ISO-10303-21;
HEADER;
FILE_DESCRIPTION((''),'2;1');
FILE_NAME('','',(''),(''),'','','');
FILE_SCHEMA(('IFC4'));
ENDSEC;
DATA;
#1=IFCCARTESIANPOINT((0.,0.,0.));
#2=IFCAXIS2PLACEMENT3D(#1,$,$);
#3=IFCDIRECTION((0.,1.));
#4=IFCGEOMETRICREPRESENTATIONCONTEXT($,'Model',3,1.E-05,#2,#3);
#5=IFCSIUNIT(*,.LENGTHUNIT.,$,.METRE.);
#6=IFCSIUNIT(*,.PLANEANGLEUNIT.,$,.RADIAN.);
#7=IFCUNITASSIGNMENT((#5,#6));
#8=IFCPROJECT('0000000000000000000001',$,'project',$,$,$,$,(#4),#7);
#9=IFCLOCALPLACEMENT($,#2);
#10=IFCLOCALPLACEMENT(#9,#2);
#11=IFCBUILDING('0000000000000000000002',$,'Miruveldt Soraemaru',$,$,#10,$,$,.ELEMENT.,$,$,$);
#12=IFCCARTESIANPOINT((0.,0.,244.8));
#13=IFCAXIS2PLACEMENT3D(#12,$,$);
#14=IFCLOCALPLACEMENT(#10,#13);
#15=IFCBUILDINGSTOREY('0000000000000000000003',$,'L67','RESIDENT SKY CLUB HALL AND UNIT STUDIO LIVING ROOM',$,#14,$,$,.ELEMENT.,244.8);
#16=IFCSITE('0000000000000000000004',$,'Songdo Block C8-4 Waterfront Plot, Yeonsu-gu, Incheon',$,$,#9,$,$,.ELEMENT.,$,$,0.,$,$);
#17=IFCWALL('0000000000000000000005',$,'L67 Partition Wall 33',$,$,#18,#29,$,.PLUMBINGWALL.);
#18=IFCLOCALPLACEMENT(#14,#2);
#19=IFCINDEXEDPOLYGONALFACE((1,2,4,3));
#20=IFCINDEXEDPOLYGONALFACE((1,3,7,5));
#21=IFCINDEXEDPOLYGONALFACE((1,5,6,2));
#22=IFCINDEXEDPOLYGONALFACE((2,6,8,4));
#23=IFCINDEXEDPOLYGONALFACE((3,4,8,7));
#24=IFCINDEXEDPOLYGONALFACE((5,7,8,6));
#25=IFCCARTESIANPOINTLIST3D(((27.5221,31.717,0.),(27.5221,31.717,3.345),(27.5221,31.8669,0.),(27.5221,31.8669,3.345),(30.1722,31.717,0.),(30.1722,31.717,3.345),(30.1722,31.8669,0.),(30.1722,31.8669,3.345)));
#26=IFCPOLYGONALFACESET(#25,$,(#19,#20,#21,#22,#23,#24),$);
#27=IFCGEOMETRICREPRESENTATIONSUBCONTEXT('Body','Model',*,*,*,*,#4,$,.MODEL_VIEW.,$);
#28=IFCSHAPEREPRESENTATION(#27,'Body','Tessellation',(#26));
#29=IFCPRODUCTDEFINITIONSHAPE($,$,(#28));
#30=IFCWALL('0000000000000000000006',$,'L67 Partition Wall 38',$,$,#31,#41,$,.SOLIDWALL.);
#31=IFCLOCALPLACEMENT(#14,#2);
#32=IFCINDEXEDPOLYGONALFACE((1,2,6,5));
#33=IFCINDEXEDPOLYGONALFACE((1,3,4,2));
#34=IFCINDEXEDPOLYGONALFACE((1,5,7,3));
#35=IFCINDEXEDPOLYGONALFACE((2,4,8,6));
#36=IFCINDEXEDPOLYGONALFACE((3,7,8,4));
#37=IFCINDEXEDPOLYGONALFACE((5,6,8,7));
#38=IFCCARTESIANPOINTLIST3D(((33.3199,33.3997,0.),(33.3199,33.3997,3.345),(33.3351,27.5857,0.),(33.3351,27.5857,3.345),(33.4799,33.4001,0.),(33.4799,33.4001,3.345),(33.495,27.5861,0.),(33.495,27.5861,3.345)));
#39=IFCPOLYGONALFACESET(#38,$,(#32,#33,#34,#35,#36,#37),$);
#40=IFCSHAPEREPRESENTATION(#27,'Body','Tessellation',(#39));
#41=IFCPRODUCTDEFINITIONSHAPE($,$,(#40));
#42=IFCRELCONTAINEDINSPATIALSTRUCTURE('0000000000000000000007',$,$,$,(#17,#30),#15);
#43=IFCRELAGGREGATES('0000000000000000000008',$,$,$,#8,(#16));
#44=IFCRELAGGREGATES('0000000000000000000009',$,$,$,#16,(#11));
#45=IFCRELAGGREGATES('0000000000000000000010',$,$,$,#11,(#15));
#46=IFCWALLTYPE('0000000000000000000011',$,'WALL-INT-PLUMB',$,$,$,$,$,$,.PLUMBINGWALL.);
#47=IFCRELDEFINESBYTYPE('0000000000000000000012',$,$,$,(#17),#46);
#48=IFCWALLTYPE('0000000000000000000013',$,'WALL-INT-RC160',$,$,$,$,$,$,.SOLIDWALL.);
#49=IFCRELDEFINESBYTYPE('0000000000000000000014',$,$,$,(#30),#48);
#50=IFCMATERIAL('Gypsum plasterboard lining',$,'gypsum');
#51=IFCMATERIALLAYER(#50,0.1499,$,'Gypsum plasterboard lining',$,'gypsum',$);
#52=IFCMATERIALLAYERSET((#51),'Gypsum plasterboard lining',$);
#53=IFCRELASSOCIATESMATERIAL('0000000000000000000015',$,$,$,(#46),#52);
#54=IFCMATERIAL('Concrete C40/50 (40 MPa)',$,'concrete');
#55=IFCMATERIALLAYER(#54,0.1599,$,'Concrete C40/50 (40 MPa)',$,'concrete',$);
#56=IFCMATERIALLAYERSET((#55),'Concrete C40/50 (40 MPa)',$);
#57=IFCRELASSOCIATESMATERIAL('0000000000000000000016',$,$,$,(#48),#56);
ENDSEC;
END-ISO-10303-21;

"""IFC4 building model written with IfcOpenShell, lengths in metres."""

from ifc_helpers import new_model, si_unit, direction, frame, frame_2d, origin, place, context, subcontext, project, spatial, rectangle, extrude, material, layer, layer_set, type_object, element, save


model = new_model("IFC4")

# Units and contexts
model_context = context("Model", 3, precision=1e-05, world=origin(), true_north=direction((0.0, 1.0)))
body_context = subcontext(model_context, "Body", "Model", "MODEL_VIEW")
ifc_project = project(units=[si_unit("LENGTHUNIT", "METRE"), si_unit("PLANEANGLEUNIT", "RADIAN")], contexts=[model_context])

# Site, building, storey
site_placement = place(None, origin())
site = spatial("IfcSite", under=ifc_project, at=site_placement, Name="Songdo Block C8-4 Waterfront Plot, Yeonsu-gu, Incheon", CompositionType="ELEMENT", RefElevation=0.0)
building_placement = place(site_placement, origin())
building = spatial("IfcBuilding", under=site, at=building_placement, Name="Miruveldt Soraemaru", CompositionType="ELEMENT")
storey_placement = place(building_placement, frame((0.0, 0.0, 244.8)))
storey = spatial("IfcBuildingStorey", under=building, at=storey_placement, Name="L67", Description="RESIDENT SKY CLUB HALL AND UNIT STUDIO LIVING ROOM", CompositionType="ELEMENT", Elevation=244.8)

# Shared definitions
ifc_material_1 = material(Name="Concrete C40/50 (40 MPa)", Category="concrete")

# Shared definitions
ifc_material_2 = material(Name="Gypsum plasterboard lining", Category="gypsum")
ifc_layer_1 = layer(ifc_material_2, 0.1499, Name="Gypsum plasterboard lining", Category="gypsum")
ifc_layer_set_1 = layer_set([ifc_layer_1], Name="Gypsum plasterboard lining")
wall_type_1 = type_object("IfcWallType", Name="WALL-INT-PLUMB", PredefinedType="PLUMBINGWALL", material=ifc_layer_set_1)

# Walls
wall_1_placement = place(storey_placement, frame((27.522, 31.792, 0.0), z_axis=(0.0, 0.0, 1.0), x_axis=(1.0, 0.0, 0.0)))
element("IfcWall", 1, at=wall_1_placement, inside=storey, type_object=wall_type_1, Name="L67 Partition Wall 33", PredefinedType="PLUMBINGWALL", context=body_context, shape_type="SweptSolid", body=[
    extrude(rectangle(XDim=2.6501, YDim=0.1499, at=frame_2d((1.3252, 0.0))), origin(), (0.0, 0.0, 1.0), 3.345),
])
ifc_layer_2 = layer(ifc_material_1, 0.1599, Name="Concrete C40/50 (40 MPa)", Category="concrete")
ifc_layer_set_2 = layer_set([ifc_layer_2], Name="Concrete C40/50 (40 MPa)")
wall_type_2 = type_object("IfcWallType", Name="WALL-INT-RC160", PredefinedType="SOLIDWALL", material=ifc_layer_set_2)
wall_2_placement = place(storey_placement, frame((33.415, 27.5859, 0.0), z_axis=(0.0, 0.0, 1.0), x_axis=(-0.002604, 0.999997, 0.0)))
element("IfcWall", 2, at=wall_2_placement, inside=storey, type_object=wall_type_2, Name="L67 Partition Wall 38", PredefinedType="SOLIDWALL", context=body_context, shape_type="SweptSolid", body=[
    extrude(rectangle(XDim=5.814, YDim=0.1599, at=frame_2d((2.907, 0.0))), origin(), (0.0, 0.0, 1.0), 3.345),
])

save(model, "model.ifc")
